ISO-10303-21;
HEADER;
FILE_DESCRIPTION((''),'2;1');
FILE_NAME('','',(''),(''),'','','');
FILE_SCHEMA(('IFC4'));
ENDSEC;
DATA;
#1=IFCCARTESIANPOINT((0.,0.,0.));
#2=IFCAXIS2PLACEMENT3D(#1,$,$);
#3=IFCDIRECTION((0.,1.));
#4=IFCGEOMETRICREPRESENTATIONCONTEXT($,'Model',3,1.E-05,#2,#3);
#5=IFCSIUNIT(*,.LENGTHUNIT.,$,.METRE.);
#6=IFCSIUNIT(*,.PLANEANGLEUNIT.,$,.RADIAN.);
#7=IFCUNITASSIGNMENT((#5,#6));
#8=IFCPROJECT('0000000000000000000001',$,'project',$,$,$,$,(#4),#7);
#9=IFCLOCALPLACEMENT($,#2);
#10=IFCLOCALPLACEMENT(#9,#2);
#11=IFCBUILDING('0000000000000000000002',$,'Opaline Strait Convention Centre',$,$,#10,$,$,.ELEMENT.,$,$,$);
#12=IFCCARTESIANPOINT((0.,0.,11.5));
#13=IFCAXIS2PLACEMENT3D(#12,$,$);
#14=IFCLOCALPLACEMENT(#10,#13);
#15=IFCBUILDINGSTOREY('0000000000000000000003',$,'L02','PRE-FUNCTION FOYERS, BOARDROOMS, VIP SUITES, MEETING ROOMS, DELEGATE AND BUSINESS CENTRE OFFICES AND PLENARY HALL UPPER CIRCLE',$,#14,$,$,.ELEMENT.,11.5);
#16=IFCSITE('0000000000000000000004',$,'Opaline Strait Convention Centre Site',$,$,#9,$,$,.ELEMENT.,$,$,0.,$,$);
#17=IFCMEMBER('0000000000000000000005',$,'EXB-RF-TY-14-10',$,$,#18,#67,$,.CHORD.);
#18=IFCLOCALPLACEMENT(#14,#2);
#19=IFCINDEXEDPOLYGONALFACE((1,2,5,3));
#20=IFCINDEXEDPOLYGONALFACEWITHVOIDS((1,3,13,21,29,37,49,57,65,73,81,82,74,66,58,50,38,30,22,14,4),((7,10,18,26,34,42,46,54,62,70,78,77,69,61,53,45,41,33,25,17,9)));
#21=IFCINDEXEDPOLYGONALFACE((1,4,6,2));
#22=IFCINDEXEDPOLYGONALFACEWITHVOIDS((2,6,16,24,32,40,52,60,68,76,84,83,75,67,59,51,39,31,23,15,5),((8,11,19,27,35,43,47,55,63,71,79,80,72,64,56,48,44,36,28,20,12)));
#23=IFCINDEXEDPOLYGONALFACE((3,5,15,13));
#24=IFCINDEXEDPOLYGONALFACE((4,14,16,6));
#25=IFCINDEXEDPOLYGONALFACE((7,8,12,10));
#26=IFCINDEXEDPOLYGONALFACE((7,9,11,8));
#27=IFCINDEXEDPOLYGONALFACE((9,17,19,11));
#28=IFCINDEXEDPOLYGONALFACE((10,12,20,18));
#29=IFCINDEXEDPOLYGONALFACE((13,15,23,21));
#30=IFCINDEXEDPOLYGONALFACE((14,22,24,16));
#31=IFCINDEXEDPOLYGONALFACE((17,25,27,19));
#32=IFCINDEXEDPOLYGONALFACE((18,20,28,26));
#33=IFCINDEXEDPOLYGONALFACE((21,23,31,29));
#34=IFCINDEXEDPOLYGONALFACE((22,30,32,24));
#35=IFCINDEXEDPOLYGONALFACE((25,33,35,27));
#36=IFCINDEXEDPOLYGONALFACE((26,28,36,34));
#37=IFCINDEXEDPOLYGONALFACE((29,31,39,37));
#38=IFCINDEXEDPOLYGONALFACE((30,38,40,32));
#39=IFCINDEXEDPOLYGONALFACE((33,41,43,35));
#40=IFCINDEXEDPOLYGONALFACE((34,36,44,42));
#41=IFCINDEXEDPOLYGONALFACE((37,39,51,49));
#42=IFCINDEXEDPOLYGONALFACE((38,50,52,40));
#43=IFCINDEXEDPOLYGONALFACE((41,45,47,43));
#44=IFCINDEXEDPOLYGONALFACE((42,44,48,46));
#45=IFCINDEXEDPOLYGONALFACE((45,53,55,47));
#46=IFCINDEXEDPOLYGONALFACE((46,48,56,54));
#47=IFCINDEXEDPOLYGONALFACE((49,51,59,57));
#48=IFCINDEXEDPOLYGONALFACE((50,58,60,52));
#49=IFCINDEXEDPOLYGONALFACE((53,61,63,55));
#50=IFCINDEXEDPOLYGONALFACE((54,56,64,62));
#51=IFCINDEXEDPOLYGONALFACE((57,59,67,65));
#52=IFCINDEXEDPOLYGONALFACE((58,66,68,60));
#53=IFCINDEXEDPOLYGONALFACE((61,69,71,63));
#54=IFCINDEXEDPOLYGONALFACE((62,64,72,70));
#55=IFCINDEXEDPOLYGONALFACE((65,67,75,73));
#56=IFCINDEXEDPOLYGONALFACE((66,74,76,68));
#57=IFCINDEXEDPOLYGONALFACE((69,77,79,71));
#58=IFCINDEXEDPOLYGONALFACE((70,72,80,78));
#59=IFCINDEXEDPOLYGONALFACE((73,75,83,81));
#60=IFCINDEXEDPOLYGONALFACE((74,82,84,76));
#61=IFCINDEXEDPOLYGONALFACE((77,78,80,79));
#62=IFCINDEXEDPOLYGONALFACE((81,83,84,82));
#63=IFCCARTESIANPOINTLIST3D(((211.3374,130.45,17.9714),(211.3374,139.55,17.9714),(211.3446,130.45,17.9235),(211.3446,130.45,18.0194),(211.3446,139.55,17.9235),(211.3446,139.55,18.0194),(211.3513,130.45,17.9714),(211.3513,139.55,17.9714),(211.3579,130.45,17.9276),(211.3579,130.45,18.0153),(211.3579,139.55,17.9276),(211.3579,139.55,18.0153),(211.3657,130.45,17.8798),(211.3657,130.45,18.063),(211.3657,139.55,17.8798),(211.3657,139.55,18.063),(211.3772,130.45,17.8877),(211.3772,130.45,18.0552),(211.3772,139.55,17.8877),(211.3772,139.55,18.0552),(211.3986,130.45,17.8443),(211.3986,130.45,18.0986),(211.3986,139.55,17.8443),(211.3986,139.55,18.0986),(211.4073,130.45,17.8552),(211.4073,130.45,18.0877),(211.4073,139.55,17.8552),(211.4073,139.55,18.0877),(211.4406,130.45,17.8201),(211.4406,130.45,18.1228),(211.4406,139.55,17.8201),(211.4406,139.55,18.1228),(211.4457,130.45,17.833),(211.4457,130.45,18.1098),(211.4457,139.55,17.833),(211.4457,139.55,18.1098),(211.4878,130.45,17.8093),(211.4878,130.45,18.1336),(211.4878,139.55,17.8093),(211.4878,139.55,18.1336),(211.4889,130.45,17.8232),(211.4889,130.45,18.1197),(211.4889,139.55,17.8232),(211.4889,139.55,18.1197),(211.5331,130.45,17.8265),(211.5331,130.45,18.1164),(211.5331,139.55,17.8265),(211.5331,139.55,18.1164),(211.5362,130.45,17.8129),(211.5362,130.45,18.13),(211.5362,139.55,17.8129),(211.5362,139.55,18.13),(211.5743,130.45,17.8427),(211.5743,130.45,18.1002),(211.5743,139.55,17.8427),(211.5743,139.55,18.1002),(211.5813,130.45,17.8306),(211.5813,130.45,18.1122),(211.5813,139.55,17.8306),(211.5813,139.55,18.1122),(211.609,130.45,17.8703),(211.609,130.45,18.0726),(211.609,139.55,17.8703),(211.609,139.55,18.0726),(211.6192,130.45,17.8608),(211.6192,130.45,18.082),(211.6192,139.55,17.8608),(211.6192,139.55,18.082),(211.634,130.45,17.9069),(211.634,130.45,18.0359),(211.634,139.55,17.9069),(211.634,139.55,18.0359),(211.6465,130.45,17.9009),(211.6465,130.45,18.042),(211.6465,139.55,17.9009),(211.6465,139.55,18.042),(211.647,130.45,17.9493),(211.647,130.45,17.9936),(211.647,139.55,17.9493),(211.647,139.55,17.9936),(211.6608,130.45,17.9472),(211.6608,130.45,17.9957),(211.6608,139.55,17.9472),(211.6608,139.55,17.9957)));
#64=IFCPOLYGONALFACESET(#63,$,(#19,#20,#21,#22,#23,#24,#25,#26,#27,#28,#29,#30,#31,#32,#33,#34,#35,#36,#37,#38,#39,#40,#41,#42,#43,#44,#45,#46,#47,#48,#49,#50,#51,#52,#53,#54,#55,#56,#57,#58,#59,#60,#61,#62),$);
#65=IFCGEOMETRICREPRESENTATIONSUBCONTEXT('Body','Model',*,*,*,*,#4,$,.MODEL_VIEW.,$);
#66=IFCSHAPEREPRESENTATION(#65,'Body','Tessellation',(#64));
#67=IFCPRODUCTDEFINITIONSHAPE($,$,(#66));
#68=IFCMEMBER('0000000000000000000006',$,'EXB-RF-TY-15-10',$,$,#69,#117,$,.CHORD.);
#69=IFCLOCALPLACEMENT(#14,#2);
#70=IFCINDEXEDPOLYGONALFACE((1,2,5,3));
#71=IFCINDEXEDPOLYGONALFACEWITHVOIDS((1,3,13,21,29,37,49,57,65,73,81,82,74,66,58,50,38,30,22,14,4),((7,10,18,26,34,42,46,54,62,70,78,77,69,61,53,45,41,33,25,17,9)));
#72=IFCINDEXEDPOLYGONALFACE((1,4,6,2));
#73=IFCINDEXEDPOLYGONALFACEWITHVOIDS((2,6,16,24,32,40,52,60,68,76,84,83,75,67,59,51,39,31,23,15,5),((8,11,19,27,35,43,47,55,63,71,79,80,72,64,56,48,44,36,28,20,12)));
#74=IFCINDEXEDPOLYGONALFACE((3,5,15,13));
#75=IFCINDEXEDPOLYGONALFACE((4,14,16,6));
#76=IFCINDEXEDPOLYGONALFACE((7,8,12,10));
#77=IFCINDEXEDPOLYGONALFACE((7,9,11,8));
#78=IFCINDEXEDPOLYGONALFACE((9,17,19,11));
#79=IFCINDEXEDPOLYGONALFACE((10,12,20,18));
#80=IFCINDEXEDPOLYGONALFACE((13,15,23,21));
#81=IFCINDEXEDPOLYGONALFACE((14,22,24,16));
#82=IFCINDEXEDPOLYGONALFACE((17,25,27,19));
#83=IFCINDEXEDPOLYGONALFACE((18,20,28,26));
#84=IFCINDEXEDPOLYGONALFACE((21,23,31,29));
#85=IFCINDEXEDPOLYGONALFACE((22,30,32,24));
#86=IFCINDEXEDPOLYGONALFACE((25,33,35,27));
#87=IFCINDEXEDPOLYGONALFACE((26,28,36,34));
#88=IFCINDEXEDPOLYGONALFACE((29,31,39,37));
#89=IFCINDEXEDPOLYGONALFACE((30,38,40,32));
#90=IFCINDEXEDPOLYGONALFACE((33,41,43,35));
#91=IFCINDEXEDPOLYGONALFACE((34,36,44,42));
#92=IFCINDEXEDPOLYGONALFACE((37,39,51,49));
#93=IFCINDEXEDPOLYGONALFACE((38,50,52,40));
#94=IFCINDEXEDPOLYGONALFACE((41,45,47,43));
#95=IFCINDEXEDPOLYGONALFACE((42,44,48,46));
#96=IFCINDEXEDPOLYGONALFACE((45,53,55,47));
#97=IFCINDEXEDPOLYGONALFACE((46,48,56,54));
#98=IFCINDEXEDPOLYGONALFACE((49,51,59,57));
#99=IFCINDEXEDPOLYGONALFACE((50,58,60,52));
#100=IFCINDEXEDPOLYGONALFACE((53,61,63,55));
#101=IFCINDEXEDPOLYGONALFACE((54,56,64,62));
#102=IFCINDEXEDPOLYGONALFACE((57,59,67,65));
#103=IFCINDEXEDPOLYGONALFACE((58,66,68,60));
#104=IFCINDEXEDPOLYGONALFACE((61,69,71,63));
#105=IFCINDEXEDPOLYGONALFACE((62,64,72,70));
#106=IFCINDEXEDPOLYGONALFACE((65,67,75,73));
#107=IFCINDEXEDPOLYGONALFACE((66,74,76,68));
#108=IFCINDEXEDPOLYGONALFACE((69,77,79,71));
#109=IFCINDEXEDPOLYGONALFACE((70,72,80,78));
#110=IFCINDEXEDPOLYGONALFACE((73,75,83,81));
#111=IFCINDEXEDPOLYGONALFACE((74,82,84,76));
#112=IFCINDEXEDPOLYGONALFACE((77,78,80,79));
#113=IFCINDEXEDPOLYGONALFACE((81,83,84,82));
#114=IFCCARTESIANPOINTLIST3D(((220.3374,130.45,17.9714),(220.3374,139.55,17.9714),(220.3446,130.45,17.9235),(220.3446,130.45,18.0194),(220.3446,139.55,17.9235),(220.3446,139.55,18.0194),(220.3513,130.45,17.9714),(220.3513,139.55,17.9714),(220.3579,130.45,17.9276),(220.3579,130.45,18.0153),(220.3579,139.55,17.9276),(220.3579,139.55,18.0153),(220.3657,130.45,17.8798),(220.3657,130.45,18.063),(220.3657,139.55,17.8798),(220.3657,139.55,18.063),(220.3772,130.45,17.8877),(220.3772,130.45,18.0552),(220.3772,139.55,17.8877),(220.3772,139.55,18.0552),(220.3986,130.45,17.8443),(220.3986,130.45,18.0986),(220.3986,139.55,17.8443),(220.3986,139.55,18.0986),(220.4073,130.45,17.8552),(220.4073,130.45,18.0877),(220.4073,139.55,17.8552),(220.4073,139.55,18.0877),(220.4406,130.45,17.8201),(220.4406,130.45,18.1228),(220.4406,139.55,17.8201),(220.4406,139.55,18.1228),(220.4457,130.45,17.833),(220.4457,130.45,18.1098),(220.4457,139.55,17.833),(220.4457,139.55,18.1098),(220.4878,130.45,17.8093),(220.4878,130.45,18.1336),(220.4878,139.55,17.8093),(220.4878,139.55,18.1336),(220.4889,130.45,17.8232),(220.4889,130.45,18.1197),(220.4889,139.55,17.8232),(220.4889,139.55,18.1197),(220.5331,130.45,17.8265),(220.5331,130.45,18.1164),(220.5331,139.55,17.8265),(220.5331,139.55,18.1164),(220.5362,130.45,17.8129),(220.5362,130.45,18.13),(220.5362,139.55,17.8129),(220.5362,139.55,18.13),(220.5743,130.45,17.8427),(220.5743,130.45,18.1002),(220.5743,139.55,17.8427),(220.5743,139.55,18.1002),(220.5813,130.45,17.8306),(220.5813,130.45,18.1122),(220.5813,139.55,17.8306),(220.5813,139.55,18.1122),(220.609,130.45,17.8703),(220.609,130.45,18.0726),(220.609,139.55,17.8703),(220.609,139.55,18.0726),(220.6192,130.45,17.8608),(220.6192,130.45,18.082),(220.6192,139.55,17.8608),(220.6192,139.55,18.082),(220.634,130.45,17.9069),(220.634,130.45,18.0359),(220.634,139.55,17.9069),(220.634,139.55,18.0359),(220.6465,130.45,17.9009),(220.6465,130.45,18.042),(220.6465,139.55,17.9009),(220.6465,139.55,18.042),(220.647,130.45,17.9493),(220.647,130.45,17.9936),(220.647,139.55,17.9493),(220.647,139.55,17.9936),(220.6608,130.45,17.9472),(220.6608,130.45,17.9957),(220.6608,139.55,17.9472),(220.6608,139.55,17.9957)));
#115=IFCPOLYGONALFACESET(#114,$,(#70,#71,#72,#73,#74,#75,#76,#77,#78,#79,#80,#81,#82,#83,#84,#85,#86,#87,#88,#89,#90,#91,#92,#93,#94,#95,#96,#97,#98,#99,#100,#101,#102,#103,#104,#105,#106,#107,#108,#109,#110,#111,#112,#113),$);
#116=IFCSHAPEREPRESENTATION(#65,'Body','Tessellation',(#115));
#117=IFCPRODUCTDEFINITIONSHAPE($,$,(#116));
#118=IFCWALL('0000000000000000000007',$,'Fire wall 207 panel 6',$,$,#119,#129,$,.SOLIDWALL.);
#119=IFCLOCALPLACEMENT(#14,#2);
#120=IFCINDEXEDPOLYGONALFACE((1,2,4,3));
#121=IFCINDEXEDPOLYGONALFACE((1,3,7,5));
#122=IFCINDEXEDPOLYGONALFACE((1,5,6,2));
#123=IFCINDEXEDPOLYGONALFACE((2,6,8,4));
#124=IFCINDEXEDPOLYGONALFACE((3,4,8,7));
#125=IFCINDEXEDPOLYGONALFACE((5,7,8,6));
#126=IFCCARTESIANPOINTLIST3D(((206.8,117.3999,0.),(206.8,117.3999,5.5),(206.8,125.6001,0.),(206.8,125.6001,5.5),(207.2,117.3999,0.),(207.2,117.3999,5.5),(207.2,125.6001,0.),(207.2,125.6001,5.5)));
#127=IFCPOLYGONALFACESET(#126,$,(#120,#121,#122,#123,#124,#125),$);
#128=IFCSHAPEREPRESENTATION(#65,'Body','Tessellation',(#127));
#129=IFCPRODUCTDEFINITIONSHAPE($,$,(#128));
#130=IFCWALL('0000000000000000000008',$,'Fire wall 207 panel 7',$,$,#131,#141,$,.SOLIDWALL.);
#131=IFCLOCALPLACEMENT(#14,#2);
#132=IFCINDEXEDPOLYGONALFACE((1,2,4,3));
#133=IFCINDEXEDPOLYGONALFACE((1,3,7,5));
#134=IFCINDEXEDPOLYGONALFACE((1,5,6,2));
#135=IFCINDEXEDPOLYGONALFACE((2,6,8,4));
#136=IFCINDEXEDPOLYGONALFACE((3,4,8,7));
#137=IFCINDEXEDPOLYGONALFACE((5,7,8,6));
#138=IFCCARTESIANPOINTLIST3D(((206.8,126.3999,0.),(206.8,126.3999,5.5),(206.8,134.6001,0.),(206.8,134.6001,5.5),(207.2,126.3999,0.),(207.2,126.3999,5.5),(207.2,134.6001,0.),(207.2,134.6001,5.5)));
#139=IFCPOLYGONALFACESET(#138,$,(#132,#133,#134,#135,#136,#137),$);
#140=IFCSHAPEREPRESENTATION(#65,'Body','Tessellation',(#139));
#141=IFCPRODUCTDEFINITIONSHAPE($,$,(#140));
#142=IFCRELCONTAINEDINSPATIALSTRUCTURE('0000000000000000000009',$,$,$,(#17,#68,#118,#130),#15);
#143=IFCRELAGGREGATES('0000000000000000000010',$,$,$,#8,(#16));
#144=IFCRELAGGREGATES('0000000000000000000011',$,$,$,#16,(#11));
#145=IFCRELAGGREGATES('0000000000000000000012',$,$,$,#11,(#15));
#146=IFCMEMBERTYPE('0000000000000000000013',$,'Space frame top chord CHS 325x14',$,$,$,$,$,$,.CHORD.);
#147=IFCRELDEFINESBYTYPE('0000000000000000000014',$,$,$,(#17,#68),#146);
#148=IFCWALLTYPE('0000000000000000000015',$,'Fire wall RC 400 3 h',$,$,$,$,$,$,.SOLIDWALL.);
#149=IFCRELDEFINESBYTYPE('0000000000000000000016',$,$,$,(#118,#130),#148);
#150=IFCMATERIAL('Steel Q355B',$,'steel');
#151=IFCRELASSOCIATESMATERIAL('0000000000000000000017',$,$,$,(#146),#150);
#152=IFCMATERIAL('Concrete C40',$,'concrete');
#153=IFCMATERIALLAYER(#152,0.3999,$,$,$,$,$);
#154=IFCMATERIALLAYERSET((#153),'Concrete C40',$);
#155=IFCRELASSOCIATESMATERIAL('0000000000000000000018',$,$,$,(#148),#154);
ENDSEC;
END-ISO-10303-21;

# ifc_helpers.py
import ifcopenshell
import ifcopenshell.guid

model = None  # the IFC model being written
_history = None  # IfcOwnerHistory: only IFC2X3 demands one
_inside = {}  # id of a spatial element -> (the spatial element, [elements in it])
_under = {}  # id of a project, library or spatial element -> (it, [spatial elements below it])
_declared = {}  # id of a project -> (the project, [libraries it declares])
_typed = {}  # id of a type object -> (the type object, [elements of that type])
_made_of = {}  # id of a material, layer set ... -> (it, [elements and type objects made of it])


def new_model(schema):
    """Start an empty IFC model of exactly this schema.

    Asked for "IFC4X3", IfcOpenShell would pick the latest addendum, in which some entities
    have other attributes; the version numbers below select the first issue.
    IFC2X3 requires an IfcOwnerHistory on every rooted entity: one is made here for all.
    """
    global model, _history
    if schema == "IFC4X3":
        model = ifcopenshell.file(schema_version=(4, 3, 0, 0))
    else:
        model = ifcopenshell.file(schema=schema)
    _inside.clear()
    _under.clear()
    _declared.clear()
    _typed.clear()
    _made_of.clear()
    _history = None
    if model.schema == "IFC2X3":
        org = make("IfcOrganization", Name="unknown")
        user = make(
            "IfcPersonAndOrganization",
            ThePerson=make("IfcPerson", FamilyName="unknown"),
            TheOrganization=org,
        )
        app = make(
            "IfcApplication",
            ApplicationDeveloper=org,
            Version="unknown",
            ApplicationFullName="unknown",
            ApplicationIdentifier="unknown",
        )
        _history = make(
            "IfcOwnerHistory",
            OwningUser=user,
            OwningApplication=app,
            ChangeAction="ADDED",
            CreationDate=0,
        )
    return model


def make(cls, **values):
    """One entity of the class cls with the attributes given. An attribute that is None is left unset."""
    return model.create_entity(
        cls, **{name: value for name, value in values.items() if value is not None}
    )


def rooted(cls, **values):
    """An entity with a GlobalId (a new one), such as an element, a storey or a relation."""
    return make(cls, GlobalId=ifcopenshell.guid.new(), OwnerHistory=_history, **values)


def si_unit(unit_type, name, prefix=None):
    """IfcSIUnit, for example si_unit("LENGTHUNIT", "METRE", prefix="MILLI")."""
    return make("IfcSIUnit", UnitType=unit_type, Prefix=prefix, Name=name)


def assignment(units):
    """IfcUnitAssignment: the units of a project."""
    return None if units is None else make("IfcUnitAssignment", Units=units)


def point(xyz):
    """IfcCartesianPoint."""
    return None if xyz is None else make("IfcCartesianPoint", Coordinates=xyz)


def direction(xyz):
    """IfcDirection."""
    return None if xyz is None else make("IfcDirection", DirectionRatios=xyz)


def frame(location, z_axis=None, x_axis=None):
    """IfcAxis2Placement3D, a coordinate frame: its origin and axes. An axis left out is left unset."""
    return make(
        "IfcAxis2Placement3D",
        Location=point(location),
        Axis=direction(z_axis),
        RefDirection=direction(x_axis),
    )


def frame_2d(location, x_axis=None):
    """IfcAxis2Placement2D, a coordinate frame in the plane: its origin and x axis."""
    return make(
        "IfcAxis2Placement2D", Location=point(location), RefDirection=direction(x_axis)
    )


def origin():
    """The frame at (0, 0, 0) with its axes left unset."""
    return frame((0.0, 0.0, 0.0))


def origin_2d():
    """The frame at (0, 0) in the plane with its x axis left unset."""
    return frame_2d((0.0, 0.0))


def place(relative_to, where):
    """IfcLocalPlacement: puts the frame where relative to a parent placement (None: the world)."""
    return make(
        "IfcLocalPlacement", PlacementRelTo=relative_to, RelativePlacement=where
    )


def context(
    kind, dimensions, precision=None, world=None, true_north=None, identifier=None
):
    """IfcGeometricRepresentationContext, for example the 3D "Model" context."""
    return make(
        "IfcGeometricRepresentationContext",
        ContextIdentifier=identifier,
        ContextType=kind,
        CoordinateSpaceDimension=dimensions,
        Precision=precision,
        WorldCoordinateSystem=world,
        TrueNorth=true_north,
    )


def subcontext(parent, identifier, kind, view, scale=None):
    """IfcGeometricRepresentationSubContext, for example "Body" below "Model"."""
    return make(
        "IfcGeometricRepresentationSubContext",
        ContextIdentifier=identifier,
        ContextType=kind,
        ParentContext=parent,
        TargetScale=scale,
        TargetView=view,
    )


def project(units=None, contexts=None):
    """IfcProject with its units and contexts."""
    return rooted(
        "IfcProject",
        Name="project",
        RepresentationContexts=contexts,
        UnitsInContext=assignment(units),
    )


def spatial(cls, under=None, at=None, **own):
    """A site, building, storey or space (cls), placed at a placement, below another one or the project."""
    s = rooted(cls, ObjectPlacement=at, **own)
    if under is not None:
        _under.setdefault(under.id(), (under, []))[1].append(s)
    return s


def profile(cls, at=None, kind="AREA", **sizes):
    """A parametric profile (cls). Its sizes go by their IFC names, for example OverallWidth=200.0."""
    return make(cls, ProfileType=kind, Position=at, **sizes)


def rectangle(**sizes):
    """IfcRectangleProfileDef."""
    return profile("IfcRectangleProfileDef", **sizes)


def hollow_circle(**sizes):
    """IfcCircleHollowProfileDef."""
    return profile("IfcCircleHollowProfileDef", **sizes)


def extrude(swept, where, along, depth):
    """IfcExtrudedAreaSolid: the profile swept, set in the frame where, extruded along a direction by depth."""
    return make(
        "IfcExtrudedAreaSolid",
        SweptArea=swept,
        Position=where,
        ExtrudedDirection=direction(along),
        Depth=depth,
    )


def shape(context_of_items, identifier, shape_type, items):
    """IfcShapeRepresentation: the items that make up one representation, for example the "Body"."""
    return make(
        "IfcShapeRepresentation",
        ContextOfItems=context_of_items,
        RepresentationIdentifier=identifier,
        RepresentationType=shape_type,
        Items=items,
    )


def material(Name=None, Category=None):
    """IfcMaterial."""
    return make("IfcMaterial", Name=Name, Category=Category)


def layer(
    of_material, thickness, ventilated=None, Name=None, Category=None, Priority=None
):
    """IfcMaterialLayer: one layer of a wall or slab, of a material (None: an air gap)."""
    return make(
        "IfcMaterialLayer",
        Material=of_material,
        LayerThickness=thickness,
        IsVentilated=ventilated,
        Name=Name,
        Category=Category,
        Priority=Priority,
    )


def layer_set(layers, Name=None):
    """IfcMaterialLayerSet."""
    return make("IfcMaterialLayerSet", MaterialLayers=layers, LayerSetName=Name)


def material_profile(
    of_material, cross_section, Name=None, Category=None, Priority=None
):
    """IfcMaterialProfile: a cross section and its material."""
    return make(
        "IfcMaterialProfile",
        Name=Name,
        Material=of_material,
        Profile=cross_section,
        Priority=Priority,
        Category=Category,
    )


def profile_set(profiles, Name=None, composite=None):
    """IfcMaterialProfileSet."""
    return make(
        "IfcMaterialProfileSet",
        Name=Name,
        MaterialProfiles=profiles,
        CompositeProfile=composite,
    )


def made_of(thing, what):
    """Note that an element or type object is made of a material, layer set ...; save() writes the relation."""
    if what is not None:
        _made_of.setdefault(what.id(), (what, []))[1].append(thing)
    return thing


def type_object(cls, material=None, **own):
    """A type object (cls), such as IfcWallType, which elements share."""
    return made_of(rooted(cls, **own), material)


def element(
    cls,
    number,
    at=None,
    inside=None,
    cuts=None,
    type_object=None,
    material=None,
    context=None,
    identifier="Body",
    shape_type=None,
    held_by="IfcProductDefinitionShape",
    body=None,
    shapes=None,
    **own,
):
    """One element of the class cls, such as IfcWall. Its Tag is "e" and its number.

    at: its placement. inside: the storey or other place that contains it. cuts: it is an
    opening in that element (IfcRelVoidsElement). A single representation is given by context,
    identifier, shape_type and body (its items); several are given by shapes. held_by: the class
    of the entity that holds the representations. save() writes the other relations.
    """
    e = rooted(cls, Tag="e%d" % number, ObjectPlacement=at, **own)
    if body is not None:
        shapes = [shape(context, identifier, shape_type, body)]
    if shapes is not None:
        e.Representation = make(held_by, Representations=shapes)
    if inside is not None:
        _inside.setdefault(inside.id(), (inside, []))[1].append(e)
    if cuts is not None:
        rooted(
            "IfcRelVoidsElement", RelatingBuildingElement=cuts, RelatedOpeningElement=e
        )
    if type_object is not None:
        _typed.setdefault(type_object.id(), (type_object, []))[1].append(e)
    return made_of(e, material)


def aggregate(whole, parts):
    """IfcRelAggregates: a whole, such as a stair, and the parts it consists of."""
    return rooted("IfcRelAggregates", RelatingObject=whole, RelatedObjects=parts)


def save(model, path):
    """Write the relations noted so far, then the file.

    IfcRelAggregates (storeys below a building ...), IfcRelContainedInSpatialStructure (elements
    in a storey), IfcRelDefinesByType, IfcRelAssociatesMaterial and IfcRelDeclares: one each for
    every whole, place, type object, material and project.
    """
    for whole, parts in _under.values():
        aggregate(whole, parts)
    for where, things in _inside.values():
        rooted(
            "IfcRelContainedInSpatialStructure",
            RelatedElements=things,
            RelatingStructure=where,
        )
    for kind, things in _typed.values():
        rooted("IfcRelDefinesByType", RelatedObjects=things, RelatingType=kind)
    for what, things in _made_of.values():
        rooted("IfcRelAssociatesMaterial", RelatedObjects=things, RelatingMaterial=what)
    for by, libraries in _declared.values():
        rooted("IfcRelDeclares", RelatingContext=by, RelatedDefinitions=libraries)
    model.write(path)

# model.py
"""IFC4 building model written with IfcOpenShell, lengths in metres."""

from ifc_helpers import new_model, si_unit, direction, frame, frame_2d, origin, origin_2d, place, context, subcontext, project, spatial, rectangle, hollow_circle, extrude, material, layer, layer_set, material_profile, profile_set, type_object, element, save


model = new_model("IFC4")

# Units and contexts
model_context = context("Model", 3, precision=1e-05, world=origin(), true_north=direction((0.0, 1.0)))
body_context = subcontext(model_context, "Body", "Model", "MODEL_VIEW")
ifc_project = project(units=[si_unit("LENGTHUNIT", "METRE"), si_unit("PLANEANGLEUNIT", "RADIAN")], contexts=[model_context])

# Site, building, storey
site_placement = place(None, origin())
site = spatial("IfcSite", under=ifc_project, at=site_placement, Name="Opaline Strait Convention Centre Site", CompositionType="ELEMENT", RefElevation=0.0)
building_placement = place(site_placement, origin())
building = spatial("IfcBuilding", under=site, at=building_placement, Name="Opaline Strait Convention Centre", CompositionType="ELEMENT")
storey_placement = place(building_placement, frame((0.0, 0.0, 11.5)))
storey = spatial("IfcBuildingStorey", under=building, at=storey_placement, Name="L02", Description="PRE-FUNCTION FOYERS, BOARDROOMS, VIP SUITES, MEETING ROOMS, DELEGATE AND BUSINESS CENTRE OFFICES AND PLENARY HALL UPPER CIRCLE", CompositionType="ELEMENT", Elevation=11.5)

# Shared definitions
ifc_material_1 = material(Name="Concrete C40", Category="concrete")

# Members
ifc_material_2 = material(Name="Steel Q355B", Category="steel")
ifc_material_profile_1 = material_profile(ifc_material_2, hollow_circle(Radius=0.1626, WallThickness=0.0139, at=origin_2d()), Name="CHS 325x14")
ifc_profile_set_1 = profile_set([ifc_material_profile_1], Name="Steel Q355B")
member_type_1 = type_object("IfcMemberType", Name="Space frame top chord CHS 325x14", PredefinedType="CHORD", material=ifc_profile_set_1)
for number, where, z_axis, x_axis, name in (
    (1, (211.5, 130.45, 17.9714), (0.0, 1.0, 0.0), (-1.0, 0.0, 0.0), "EXB-RF-TY-14-10"),
    (2, (220.5, 130.45, 17.9714), (0.0, 1.0, 0.0), (-1.0, 0.0, 0.0), "EXB-RF-TY-15-10"),
):
    element("IfcMember", number, at=place(storey_placement, frame(where, z_axis=z_axis, x_axis=x_axis)), inside=storey, type_object=member_type_1, Name=name, PredefinedType="CHORD", context=body_context, shape_type="SweptSolid", body=[
        extrude(hollow_circle(Radius=0.1626, WallThickness=0.0139, at=origin_2d()), origin(), (0.0, 0.0, 1.0), 9.1001),
    ])

# Walls
ifc_layer = layer(ifc_material_1, 0.3999)
ifc_layer_set = layer_set([ifc_layer], Name="Concrete C40")
wall_type = type_object("IfcWallType", Name="Fire wall RC 400 3 h", PredefinedType="SOLIDWALL", material=ifc_layer_set)
for number, where, z_axis, x_axis, name in (
    (3, (207.0, 117.3999, 0.0), (0.0, 0.0, 1.0), (0.0, 1.0, 0.0), "Fire wall 207 panel 6"),
    (4, (207.0, 126.3999, 0.0), (0.0, 0.0, 1.0), (0.0, 1.0, 0.0), "Fire wall 207 panel 7"),
):
    element("IfcWall", number, at=place(storey_placement, frame(where, z_axis=z_axis, x_axis=x_axis)), inside=storey, type_object=wall_type, Name=name, PredefinedType="SOLIDWALL", context=body_context, shape_type="SweptSolid", body=[
        extrude(rectangle(XDim=8.2002, YDim=0.3999, at=frame_2d((4.1001, 0.0))), origin(), (0.0, 0.0, 1.0), 5.5),
    ])

save(model, "model.ifc")
